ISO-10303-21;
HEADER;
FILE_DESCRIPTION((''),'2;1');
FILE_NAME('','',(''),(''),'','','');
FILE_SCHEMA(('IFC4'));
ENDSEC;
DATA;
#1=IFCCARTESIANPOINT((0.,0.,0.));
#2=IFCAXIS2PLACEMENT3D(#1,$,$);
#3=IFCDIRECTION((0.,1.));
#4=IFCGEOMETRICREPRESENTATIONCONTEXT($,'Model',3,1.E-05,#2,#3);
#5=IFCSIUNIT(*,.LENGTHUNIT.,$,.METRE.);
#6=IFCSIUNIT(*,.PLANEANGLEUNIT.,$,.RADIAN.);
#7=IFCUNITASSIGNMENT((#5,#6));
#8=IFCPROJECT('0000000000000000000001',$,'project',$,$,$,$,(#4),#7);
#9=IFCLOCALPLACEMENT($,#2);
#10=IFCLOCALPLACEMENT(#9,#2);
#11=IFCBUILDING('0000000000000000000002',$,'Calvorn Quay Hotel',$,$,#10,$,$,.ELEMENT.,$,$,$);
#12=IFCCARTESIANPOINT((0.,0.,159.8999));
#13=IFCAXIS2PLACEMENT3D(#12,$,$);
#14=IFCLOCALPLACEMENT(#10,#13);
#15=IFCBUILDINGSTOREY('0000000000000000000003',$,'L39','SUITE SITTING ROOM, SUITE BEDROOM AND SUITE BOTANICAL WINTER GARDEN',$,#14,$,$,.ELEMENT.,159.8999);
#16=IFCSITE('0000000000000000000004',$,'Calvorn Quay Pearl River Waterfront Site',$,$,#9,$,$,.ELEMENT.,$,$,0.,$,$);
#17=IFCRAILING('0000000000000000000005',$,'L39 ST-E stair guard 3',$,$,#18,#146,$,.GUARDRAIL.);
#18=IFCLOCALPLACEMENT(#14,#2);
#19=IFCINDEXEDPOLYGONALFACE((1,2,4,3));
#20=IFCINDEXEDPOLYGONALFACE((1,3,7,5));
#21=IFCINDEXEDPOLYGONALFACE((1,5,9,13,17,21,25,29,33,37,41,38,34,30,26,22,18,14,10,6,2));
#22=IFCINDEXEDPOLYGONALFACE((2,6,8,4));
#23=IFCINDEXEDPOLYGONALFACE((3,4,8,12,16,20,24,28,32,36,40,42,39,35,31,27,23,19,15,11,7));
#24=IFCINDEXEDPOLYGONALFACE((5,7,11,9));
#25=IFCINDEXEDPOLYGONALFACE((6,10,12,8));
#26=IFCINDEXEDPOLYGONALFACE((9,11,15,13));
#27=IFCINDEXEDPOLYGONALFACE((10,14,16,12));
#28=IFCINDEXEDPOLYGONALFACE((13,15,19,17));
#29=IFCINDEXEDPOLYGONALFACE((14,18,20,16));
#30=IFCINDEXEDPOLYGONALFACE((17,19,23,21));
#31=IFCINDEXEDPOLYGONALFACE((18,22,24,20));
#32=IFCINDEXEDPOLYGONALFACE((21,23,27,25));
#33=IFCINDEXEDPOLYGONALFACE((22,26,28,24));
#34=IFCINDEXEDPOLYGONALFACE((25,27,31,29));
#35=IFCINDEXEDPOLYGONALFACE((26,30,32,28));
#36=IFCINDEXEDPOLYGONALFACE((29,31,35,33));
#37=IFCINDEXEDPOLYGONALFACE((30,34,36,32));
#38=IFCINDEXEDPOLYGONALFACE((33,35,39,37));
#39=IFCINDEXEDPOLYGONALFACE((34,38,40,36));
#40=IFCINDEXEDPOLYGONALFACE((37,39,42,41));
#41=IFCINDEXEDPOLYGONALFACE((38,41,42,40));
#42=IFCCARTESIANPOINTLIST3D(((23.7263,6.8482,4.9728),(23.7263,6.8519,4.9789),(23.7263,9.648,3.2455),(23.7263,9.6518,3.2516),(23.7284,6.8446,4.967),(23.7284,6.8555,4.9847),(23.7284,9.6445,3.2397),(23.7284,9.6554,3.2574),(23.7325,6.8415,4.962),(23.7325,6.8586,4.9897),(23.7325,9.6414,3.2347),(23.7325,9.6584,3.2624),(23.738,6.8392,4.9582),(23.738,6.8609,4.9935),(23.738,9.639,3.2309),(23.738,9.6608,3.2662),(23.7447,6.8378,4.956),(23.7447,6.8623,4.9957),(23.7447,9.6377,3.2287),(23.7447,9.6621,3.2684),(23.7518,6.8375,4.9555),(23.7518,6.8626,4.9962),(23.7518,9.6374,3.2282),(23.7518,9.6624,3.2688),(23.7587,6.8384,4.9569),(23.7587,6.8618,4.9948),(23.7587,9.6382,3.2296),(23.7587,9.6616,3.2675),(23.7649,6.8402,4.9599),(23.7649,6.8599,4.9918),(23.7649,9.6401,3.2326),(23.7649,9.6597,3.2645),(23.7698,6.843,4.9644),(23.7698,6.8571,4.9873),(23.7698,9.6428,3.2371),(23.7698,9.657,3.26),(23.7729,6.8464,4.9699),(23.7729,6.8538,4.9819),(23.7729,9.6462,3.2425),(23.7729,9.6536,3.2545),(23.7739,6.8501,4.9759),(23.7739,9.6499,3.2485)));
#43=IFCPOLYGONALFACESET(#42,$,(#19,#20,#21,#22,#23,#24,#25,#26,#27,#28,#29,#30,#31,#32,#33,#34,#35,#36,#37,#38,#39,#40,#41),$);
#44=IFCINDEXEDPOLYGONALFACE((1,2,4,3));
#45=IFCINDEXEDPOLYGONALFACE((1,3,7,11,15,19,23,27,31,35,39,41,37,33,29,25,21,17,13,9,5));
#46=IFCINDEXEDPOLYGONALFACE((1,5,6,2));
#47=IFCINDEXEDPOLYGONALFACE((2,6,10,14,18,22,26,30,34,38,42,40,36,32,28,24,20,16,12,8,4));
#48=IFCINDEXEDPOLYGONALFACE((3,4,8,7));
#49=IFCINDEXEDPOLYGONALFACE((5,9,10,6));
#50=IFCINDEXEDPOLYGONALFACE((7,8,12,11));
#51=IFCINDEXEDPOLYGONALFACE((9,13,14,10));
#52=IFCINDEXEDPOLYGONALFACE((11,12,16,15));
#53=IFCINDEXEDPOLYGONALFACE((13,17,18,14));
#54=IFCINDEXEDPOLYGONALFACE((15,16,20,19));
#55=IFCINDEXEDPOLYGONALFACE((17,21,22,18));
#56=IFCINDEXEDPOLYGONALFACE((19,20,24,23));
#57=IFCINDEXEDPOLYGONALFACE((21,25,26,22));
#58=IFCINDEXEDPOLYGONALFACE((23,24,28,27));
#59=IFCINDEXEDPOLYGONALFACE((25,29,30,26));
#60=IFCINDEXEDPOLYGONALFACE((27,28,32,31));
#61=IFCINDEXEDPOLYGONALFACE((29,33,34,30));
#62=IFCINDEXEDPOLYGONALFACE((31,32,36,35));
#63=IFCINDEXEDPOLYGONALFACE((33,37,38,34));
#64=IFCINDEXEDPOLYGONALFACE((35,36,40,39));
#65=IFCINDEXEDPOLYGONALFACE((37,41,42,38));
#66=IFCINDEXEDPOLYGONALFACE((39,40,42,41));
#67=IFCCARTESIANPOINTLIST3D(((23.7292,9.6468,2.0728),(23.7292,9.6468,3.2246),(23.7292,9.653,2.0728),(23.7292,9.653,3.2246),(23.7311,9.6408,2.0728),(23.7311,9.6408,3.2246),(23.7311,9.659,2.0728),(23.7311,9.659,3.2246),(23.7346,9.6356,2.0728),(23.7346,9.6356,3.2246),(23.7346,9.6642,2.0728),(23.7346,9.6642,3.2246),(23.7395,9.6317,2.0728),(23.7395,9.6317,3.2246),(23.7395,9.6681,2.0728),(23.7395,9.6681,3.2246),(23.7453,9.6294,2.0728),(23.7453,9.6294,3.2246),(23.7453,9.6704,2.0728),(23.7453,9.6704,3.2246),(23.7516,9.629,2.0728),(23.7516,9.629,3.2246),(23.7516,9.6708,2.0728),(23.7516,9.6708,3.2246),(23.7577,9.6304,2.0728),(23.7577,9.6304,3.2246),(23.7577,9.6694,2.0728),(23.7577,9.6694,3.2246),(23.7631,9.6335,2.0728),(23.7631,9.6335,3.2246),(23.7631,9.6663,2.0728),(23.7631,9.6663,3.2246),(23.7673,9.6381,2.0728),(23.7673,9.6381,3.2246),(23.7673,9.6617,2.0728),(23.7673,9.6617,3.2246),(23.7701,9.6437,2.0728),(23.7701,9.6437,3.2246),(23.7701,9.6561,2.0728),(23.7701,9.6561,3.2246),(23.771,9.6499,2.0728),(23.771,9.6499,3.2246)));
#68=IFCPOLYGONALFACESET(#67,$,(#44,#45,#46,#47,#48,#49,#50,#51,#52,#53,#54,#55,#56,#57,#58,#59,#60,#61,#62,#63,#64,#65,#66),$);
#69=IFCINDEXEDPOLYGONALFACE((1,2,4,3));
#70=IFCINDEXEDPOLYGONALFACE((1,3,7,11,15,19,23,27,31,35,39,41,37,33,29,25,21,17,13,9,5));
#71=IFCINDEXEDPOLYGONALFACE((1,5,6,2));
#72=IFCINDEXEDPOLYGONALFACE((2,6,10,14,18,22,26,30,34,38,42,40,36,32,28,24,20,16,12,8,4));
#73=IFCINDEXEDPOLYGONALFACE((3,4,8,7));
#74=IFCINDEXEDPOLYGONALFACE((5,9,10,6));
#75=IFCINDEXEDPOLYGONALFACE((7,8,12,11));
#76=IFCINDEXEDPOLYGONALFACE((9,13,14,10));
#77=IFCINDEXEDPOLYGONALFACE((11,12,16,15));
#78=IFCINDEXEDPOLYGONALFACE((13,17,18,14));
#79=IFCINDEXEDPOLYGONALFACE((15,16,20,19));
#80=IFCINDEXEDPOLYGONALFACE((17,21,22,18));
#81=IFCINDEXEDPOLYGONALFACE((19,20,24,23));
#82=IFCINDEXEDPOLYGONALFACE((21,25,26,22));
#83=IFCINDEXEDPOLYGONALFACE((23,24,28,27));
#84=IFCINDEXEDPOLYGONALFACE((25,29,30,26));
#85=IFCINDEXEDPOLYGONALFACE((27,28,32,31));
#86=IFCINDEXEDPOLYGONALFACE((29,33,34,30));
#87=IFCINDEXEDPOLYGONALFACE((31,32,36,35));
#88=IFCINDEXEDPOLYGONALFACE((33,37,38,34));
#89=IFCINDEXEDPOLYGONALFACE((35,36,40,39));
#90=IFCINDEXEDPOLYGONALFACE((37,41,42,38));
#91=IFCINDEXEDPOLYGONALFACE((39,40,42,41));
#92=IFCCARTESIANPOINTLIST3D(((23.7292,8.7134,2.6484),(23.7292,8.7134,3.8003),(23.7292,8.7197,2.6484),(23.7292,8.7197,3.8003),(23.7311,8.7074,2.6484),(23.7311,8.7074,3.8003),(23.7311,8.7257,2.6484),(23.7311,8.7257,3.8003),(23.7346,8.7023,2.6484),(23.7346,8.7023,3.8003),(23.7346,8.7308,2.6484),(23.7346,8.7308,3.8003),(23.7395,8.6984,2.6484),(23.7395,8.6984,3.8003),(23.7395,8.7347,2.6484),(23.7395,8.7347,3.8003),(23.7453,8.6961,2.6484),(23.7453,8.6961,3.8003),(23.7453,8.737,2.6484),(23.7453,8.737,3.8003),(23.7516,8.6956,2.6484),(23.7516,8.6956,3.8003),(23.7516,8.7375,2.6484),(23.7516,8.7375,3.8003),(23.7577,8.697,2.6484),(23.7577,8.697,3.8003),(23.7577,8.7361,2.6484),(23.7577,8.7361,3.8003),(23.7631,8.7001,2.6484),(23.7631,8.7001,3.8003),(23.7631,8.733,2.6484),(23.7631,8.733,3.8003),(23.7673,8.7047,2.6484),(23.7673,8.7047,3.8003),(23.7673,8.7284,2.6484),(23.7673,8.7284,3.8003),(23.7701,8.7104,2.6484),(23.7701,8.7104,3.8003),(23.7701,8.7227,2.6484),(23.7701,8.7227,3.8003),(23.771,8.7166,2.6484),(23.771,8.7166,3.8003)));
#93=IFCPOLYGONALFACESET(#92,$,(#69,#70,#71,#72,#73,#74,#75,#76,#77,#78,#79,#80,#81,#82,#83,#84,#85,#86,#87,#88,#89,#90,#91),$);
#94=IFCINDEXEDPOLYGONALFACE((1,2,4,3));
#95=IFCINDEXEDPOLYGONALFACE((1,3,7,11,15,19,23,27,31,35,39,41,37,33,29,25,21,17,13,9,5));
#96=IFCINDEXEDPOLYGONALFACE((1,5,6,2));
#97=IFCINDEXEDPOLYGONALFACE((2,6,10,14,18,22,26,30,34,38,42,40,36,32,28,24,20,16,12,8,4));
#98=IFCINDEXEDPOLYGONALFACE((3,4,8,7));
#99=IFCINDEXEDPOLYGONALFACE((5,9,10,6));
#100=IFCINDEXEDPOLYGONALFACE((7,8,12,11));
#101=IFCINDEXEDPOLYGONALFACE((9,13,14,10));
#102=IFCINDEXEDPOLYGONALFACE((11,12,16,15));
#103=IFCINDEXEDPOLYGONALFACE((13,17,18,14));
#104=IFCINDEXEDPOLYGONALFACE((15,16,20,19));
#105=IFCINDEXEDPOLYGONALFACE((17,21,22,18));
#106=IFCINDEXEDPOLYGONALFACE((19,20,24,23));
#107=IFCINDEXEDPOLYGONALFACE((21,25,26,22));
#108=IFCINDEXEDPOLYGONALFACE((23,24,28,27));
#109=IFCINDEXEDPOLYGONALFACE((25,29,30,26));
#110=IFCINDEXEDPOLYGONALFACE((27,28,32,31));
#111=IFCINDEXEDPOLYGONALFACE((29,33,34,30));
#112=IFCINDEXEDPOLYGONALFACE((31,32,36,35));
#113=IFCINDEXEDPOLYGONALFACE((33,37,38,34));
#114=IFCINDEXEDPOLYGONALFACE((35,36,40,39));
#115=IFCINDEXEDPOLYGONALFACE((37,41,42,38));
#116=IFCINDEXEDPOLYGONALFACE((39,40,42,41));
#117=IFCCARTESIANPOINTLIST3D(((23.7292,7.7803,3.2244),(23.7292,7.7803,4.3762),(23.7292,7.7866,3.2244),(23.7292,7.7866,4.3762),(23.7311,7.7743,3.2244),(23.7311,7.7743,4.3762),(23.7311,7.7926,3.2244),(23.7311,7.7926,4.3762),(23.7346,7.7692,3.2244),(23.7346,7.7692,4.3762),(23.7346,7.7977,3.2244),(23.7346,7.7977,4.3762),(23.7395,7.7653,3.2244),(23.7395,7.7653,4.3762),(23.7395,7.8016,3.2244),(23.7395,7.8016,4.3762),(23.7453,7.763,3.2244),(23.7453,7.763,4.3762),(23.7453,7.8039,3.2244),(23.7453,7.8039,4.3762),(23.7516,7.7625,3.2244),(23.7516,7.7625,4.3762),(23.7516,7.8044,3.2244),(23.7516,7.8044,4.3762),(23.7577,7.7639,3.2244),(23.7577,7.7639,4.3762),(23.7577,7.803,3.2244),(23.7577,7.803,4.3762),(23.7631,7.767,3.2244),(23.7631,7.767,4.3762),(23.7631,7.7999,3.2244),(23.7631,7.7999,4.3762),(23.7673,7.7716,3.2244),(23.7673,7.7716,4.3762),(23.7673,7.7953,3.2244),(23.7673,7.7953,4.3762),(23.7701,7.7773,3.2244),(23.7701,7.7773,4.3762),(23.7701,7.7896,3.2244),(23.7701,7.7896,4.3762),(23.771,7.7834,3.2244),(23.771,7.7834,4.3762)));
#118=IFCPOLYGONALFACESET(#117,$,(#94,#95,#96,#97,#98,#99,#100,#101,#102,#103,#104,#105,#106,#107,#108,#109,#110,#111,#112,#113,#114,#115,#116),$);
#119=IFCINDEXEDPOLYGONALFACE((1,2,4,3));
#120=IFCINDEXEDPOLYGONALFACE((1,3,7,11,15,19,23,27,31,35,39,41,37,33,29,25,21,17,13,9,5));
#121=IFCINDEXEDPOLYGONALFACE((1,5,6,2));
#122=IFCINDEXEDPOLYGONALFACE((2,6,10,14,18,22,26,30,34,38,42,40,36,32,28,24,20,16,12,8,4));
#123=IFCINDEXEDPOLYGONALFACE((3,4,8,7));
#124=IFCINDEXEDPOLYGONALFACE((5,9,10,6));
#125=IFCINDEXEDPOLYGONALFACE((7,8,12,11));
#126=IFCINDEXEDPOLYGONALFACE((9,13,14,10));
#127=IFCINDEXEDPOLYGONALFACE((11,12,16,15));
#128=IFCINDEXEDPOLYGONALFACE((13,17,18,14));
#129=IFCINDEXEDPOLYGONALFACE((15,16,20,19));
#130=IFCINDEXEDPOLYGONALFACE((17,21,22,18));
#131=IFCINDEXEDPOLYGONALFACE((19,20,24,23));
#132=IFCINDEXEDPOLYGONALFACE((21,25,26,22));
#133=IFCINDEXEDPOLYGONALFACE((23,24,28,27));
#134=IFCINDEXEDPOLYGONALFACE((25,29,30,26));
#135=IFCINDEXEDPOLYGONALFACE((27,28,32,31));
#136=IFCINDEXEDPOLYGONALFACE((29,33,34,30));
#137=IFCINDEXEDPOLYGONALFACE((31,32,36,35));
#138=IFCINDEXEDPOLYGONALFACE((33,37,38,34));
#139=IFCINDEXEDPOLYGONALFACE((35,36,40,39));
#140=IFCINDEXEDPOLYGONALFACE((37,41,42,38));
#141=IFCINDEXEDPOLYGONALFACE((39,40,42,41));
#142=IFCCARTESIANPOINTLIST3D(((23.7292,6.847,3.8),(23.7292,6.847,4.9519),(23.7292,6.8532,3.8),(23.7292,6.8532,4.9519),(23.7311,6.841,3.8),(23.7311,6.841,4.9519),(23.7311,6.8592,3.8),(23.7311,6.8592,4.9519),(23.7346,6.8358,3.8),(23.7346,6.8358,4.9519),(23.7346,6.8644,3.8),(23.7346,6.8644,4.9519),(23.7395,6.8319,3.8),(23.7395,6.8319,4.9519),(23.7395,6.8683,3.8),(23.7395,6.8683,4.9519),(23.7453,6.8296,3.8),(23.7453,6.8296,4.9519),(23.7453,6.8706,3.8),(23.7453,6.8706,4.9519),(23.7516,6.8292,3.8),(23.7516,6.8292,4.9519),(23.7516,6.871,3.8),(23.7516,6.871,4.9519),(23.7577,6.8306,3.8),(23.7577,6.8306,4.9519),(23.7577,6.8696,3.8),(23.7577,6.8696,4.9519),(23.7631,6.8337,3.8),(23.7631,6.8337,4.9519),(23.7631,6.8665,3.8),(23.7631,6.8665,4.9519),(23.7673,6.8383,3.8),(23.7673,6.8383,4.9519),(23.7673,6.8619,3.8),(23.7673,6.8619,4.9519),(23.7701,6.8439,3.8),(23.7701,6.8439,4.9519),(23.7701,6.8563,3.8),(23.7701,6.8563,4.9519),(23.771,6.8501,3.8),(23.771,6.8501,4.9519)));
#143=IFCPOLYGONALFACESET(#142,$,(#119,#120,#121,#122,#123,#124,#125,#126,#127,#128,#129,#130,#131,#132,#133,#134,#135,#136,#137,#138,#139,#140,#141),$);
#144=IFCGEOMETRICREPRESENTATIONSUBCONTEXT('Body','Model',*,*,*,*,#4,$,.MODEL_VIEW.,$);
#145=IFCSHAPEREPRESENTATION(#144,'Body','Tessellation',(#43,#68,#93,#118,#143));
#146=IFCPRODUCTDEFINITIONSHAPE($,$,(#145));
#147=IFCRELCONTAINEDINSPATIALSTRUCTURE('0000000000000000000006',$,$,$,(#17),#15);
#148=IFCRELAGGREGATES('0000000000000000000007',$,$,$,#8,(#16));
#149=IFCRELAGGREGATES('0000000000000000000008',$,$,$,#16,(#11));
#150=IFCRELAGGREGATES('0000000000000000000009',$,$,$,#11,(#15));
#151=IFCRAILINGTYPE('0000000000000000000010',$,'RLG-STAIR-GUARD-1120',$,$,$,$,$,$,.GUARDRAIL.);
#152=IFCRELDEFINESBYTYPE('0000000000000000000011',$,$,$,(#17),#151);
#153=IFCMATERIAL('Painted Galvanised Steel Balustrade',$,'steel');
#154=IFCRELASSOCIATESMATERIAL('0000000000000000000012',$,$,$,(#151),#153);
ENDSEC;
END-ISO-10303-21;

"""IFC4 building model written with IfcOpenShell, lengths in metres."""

from ifc_helpers import new_model, si_unit, direction, frame, origin, origin_2d, place, context, subcontext, project, spatial, circle, extrude, material, type_object, element, save


model = new_model("IFC4")

# Units and contexts
model_context = context("Model", 3, precision=1e-05, world=origin(), true_north=direction((0.0, 1.0)))
body_context = subcontext(model_context, "Body", "Model", "MODEL_VIEW")
ifc_project = project(units=[si_unit("LENGTHUNIT", "METRE"), si_unit("PLANEANGLEUNIT", "RADIAN")], contexts=[model_context])

# Site, building, storey
site_placement = place(None, origin())
site = spatial("IfcSite", under=ifc_project, at=site_placement, Name="Calvorn Quay Pearl River Waterfront Site", CompositionType="ELEMENT", RefElevation=0.0)
building_placement = place(site_placement, origin())
building = spatial("IfcBuilding", under=site, at=building_placement, Name="Calvorn Quay Hotel", CompositionType="ELEMENT")
storey_placement = place(building_placement, frame((0.0, 0.0, 159.8999)))
storey = spatial("IfcBuildingStorey", under=building, at=storey_placement, Name="L39", Description="SUITE SITTING ROOM, SUITE BEDROOM AND SUITE BOTANICAL WINTER GARDEN", CompositionType="ELEMENT", Elevation=159.8999)

# Railing
ifc_material_1 = material(Name="Painted Galvanised Steel Balustrade", Category="steel")
railing_type_1 = type_object("IfcRailingType", Name="RLG-STAIR-GUARD-1120", PredefinedType="GUARDRAIL", material=ifc_material_1)
railing_1_placement = place(storey_placement, frame((23.75, 9.6499, 2.0728)))
element("IfcRailing", 1, at=railing_1_placement, inside=storey, type_object=railing_type_1, Name="L39 ST-E stair guard 3", PredefinedType="GUARDRAIL", context=body_context, shape_type="SweptSolid", body=[
    extrude(circle(Radius=0.0239, at=origin_2d()), frame((0.0, 0.0, 1.1758), z_axis=(0.0, -0.851069, 0.525054), x_axis=(1.0, 0.0, 0.0)), (0.0, 0.0, 1.0), 3.2898),
    extrude(circle(Radius=0.021, at=origin_2d()), origin(), (0.0, 0.0, 1.0), 1.1519),
    extrude(circle(Radius=0.021, at=origin_2d()), frame((0.0, -0.9333, 0.5757)), (0.0, 0.0, 1.0), 1.1519),
    extrude(circle(Radius=0.021, at=origin_2d()), frame((0.0, -1.8665, 1.1516)), (0.0, 0.0, 1.0), 1.1519),
    extrude(circle(Radius=0.021, at=origin_2d()), frame((0.0, -2.7998, 1.7273)), (0.0, 0.0, 1.0), 1.1519),
])

save(model, "model.ifc")
